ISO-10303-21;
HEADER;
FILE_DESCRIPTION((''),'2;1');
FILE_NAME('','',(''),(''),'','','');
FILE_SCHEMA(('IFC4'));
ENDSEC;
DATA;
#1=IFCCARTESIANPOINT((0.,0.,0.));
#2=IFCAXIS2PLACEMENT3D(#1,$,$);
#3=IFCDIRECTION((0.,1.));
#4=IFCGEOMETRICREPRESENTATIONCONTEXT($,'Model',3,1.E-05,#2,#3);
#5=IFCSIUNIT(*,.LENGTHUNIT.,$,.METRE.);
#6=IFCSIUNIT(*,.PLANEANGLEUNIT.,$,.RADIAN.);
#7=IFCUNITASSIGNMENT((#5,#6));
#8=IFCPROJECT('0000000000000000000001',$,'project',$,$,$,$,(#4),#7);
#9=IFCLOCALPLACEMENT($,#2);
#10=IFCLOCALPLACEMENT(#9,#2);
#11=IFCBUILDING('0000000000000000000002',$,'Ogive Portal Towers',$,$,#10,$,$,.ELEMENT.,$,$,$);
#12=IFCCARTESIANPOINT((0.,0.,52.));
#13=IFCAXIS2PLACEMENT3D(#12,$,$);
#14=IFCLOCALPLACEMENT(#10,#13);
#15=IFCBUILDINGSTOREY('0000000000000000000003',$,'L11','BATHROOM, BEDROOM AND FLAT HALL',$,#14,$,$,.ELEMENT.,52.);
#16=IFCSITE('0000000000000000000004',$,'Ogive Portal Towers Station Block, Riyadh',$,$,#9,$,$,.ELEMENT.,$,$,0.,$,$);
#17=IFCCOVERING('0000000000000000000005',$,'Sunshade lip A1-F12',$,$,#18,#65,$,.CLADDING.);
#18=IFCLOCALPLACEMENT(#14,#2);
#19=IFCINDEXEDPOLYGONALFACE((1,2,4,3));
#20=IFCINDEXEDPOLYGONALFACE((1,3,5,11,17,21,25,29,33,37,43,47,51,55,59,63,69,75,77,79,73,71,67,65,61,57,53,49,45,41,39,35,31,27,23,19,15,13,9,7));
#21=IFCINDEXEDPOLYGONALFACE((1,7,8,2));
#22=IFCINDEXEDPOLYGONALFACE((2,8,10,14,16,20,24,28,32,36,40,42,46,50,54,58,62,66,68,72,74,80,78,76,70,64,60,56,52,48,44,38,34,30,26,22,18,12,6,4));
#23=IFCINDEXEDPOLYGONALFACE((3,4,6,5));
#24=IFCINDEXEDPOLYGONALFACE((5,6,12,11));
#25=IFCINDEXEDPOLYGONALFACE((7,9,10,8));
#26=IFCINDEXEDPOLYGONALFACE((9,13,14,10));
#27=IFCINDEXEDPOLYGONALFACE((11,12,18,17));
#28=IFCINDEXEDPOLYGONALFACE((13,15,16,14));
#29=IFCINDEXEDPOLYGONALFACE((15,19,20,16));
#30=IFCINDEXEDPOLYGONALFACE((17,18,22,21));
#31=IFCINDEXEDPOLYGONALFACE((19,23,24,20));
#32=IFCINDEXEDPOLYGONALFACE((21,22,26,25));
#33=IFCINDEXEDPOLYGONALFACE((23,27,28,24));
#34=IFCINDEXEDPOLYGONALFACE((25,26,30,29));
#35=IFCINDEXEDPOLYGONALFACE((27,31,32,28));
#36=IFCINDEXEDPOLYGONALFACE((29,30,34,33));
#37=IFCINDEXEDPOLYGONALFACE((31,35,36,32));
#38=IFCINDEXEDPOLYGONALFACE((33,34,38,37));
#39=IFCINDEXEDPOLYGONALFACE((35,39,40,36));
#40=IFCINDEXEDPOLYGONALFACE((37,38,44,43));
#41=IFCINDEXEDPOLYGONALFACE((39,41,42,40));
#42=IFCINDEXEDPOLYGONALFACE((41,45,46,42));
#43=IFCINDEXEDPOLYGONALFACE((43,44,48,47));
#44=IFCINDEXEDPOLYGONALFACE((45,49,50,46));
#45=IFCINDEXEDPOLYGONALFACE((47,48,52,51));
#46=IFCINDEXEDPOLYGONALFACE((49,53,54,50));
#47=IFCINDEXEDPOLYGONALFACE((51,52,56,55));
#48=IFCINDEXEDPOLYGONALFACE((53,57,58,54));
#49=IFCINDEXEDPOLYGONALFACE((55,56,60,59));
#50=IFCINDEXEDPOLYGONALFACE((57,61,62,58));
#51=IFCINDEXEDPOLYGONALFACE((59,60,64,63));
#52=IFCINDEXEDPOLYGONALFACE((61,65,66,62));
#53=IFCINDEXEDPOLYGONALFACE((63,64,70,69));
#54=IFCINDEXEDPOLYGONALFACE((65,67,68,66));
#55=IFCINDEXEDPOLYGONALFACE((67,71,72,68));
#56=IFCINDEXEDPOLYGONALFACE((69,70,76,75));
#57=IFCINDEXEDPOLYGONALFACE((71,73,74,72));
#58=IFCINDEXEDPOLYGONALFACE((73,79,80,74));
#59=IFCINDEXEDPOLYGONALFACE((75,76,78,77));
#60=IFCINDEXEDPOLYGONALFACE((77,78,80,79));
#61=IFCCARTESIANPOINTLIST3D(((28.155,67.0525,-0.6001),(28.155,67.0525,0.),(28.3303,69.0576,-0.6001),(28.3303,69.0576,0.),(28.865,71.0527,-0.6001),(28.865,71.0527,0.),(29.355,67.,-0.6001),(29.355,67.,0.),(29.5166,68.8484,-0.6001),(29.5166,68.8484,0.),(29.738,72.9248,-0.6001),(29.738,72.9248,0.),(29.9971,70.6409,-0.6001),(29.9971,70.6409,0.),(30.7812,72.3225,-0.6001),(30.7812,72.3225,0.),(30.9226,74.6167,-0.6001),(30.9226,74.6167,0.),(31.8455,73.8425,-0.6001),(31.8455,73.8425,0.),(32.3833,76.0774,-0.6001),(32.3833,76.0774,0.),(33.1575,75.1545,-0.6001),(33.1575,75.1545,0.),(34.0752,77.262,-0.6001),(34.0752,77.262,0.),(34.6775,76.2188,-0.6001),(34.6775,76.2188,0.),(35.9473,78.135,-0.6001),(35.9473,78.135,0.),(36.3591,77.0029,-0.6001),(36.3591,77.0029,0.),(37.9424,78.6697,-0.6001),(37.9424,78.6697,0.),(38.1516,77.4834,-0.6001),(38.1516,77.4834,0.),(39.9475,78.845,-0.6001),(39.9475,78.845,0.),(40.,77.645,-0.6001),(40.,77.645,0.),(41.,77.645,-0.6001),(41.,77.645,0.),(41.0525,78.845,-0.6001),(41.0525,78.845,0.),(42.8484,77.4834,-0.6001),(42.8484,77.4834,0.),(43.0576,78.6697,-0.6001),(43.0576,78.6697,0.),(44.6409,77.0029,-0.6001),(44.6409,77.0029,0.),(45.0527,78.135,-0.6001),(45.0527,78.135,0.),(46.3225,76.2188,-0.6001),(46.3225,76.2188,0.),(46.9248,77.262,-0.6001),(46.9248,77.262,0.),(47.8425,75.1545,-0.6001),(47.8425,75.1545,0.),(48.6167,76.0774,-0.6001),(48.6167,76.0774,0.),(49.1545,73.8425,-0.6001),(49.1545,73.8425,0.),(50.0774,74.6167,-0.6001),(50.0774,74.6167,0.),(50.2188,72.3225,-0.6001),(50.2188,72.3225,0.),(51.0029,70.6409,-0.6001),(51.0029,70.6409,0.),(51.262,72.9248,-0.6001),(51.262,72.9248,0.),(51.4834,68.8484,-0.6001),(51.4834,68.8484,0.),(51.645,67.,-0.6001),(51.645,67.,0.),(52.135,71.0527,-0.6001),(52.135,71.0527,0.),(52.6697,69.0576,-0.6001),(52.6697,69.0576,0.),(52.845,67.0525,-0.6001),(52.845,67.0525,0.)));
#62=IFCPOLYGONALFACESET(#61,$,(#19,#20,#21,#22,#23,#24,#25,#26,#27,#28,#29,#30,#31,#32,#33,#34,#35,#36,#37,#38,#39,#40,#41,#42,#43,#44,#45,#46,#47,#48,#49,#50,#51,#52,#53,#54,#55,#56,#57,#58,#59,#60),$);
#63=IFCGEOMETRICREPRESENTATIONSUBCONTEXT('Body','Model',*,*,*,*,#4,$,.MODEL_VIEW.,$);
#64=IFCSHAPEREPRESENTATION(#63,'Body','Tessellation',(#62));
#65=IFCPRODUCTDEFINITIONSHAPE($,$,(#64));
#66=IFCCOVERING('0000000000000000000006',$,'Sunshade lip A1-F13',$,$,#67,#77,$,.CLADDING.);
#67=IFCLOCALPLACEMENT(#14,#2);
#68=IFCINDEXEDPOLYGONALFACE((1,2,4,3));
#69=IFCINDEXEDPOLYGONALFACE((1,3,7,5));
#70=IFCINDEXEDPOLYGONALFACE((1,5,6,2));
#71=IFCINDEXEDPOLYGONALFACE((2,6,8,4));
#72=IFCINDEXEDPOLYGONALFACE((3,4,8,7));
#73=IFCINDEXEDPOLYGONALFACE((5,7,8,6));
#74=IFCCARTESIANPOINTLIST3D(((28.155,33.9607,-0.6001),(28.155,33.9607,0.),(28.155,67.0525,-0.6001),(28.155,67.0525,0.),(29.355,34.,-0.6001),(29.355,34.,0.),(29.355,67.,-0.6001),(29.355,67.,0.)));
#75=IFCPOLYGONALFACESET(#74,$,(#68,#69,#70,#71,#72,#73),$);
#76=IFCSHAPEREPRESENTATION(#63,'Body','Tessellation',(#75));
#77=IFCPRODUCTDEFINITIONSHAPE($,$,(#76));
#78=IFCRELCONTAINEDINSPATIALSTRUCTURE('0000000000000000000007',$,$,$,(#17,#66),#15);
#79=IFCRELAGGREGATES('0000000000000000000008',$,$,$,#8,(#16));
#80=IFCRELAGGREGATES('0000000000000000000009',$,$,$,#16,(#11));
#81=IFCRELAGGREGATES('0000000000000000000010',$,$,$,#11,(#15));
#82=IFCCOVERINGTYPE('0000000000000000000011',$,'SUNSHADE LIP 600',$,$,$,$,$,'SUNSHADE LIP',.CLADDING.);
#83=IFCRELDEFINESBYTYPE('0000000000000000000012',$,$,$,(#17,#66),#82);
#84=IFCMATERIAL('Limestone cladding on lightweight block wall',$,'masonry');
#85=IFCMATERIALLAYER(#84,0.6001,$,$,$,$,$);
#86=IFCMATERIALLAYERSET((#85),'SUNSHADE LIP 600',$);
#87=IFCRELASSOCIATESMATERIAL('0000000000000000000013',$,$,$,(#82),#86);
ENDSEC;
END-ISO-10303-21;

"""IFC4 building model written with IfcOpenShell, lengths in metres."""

from ifc_helpers import new_model, si_unit, direction, frame, origin, place, context, subcontext, project, spatial, polyline, outline, extrude, material, layer, layer_set, type_object, element, save


model = new_model("IFC4")

# Units and contexts
model_context = context("Model", 3, precision=1e-05, world=origin(), true_north=direction((0.0, 1.0)))
body_context = subcontext(model_context, "Body", "Model", "MODEL_VIEW")
ifc_project = project(units=[si_unit("LENGTHUNIT", "METRE"), si_unit("PLANEANGLEUNIT", "RADIAN")], contexts=[model_context])

# Site, building, storey
site_placement = place(None, origin())
site = spatial("IfcSite", under=ifc_project, at=site_placement, Name="Ogive Portal Towers Station Block, Riyadh", CompositionType="ELEMENT", RefElevation=0.0)
building_placement = place(site_placement, origin())
building = spatial("IfcBuilding", under=site, at=building_placement, Name="Ogive Portal Towers", CompositionType="ELEMENT")
storey_placement = place(building_placement, frame((0.0, 0.0, 52.0)))
storey = spatial("IfcBuildingStorey", under=building, at=storey_placement, Name="L11", Description="BATHROOM, BEDROOM AND FLAT HALL", CompositionType="ELEMENT", Elevation=52.0)

# Coverings
ifc_material_1 = material(Name="Limestone cladding on lightweight block wall", Category="masonry")
ifc_layer_1 = layer(ifc_material_1, 0.6001)
ifc_layer_set_1 = layer_set([ifc_layer_1], Name="SUNSHADE LIP 600")
covering_type_1 = type_object("IfcCoveringType", Name="SUNSHADE LIP 600", ElementType="SUNSHADE LIP", PredefinedType="CLADDING", material=ifc_layer_set_1)
covering_1_placement = place(storey_placement, frame((0.0, 0.0, -0.6001)))
element("IfcCovering", 1, at=covering_1_placement, inside=storey, type_object=covering_type_1, Name="Sunshade lip A1-F12", PredefinedType="CLADDING", context=body_context, shape_type="SweptSolid", body=[
    extrude(outline(polyline([(51.645, 67.0), (51.4834, 68.8484), (51.0029, 70.6409), (50.2188, 72.3225), (49.1545, 73.8425), (47.8425, 75.1545), (46.3225, 76.2188), (44.6409, 77.0029), (42.8484, 77.4834), (41.0, 77.645), (40.0, 77.645), (38.1516, 77.4834), (36.3591, 77.0029), (34.6775, 76.2188), (33.1575, 75.1545), (31.8455, 73.8425), (30.7812, 72.3225), (29.9971, 70.6409), (29.5166, 68.8484), (29.355, 67.0), (28.155, 67.0525), (28.3303, 69.0576), (28.865, 71.0527), (29.738, 72.9248), (30.9226, 74.6167), (32.3833, 76.0774), (34.0752, 77.262), (35.9473, 78.135), (37.9424, 78.6697), (39.9475, 78.845), (41.0525, 78.845), (43.0576, 78.6697), (45.0527, 78.135), (46.9248, 77.262), (48.6167, 76.0774), (50.0774, 74.6167), (51.262, 72.9248), (52.135, 71.0527), (52.6697, 69.0576), (52.845, 67.0525), (51.645, 67.0)])), origin(), (0.0, 0.0, 1.0), 0.6001),
])
covering_2_placement = place(storey_placement, frame((0.0, 0.0, -0.6001)))
element("IfcCovering", 2, at=covering_2_placement, inside=storey, type_object=covering_type_1, Name="Sunshade lip A1-F13", PredefinedType="CLADDING", context=body_context, shape_type="SweptSolid", body=[
    extrude(outline(polyline([(29.355, 67.0), (29.355, 34.0), (28.155, 33.9607), (28.155, 67.0525), (29.355, 67.0)])), origin(), (0.0, 0.0, 1.0), 0.6001),
])

save(model, "model.ifc")
